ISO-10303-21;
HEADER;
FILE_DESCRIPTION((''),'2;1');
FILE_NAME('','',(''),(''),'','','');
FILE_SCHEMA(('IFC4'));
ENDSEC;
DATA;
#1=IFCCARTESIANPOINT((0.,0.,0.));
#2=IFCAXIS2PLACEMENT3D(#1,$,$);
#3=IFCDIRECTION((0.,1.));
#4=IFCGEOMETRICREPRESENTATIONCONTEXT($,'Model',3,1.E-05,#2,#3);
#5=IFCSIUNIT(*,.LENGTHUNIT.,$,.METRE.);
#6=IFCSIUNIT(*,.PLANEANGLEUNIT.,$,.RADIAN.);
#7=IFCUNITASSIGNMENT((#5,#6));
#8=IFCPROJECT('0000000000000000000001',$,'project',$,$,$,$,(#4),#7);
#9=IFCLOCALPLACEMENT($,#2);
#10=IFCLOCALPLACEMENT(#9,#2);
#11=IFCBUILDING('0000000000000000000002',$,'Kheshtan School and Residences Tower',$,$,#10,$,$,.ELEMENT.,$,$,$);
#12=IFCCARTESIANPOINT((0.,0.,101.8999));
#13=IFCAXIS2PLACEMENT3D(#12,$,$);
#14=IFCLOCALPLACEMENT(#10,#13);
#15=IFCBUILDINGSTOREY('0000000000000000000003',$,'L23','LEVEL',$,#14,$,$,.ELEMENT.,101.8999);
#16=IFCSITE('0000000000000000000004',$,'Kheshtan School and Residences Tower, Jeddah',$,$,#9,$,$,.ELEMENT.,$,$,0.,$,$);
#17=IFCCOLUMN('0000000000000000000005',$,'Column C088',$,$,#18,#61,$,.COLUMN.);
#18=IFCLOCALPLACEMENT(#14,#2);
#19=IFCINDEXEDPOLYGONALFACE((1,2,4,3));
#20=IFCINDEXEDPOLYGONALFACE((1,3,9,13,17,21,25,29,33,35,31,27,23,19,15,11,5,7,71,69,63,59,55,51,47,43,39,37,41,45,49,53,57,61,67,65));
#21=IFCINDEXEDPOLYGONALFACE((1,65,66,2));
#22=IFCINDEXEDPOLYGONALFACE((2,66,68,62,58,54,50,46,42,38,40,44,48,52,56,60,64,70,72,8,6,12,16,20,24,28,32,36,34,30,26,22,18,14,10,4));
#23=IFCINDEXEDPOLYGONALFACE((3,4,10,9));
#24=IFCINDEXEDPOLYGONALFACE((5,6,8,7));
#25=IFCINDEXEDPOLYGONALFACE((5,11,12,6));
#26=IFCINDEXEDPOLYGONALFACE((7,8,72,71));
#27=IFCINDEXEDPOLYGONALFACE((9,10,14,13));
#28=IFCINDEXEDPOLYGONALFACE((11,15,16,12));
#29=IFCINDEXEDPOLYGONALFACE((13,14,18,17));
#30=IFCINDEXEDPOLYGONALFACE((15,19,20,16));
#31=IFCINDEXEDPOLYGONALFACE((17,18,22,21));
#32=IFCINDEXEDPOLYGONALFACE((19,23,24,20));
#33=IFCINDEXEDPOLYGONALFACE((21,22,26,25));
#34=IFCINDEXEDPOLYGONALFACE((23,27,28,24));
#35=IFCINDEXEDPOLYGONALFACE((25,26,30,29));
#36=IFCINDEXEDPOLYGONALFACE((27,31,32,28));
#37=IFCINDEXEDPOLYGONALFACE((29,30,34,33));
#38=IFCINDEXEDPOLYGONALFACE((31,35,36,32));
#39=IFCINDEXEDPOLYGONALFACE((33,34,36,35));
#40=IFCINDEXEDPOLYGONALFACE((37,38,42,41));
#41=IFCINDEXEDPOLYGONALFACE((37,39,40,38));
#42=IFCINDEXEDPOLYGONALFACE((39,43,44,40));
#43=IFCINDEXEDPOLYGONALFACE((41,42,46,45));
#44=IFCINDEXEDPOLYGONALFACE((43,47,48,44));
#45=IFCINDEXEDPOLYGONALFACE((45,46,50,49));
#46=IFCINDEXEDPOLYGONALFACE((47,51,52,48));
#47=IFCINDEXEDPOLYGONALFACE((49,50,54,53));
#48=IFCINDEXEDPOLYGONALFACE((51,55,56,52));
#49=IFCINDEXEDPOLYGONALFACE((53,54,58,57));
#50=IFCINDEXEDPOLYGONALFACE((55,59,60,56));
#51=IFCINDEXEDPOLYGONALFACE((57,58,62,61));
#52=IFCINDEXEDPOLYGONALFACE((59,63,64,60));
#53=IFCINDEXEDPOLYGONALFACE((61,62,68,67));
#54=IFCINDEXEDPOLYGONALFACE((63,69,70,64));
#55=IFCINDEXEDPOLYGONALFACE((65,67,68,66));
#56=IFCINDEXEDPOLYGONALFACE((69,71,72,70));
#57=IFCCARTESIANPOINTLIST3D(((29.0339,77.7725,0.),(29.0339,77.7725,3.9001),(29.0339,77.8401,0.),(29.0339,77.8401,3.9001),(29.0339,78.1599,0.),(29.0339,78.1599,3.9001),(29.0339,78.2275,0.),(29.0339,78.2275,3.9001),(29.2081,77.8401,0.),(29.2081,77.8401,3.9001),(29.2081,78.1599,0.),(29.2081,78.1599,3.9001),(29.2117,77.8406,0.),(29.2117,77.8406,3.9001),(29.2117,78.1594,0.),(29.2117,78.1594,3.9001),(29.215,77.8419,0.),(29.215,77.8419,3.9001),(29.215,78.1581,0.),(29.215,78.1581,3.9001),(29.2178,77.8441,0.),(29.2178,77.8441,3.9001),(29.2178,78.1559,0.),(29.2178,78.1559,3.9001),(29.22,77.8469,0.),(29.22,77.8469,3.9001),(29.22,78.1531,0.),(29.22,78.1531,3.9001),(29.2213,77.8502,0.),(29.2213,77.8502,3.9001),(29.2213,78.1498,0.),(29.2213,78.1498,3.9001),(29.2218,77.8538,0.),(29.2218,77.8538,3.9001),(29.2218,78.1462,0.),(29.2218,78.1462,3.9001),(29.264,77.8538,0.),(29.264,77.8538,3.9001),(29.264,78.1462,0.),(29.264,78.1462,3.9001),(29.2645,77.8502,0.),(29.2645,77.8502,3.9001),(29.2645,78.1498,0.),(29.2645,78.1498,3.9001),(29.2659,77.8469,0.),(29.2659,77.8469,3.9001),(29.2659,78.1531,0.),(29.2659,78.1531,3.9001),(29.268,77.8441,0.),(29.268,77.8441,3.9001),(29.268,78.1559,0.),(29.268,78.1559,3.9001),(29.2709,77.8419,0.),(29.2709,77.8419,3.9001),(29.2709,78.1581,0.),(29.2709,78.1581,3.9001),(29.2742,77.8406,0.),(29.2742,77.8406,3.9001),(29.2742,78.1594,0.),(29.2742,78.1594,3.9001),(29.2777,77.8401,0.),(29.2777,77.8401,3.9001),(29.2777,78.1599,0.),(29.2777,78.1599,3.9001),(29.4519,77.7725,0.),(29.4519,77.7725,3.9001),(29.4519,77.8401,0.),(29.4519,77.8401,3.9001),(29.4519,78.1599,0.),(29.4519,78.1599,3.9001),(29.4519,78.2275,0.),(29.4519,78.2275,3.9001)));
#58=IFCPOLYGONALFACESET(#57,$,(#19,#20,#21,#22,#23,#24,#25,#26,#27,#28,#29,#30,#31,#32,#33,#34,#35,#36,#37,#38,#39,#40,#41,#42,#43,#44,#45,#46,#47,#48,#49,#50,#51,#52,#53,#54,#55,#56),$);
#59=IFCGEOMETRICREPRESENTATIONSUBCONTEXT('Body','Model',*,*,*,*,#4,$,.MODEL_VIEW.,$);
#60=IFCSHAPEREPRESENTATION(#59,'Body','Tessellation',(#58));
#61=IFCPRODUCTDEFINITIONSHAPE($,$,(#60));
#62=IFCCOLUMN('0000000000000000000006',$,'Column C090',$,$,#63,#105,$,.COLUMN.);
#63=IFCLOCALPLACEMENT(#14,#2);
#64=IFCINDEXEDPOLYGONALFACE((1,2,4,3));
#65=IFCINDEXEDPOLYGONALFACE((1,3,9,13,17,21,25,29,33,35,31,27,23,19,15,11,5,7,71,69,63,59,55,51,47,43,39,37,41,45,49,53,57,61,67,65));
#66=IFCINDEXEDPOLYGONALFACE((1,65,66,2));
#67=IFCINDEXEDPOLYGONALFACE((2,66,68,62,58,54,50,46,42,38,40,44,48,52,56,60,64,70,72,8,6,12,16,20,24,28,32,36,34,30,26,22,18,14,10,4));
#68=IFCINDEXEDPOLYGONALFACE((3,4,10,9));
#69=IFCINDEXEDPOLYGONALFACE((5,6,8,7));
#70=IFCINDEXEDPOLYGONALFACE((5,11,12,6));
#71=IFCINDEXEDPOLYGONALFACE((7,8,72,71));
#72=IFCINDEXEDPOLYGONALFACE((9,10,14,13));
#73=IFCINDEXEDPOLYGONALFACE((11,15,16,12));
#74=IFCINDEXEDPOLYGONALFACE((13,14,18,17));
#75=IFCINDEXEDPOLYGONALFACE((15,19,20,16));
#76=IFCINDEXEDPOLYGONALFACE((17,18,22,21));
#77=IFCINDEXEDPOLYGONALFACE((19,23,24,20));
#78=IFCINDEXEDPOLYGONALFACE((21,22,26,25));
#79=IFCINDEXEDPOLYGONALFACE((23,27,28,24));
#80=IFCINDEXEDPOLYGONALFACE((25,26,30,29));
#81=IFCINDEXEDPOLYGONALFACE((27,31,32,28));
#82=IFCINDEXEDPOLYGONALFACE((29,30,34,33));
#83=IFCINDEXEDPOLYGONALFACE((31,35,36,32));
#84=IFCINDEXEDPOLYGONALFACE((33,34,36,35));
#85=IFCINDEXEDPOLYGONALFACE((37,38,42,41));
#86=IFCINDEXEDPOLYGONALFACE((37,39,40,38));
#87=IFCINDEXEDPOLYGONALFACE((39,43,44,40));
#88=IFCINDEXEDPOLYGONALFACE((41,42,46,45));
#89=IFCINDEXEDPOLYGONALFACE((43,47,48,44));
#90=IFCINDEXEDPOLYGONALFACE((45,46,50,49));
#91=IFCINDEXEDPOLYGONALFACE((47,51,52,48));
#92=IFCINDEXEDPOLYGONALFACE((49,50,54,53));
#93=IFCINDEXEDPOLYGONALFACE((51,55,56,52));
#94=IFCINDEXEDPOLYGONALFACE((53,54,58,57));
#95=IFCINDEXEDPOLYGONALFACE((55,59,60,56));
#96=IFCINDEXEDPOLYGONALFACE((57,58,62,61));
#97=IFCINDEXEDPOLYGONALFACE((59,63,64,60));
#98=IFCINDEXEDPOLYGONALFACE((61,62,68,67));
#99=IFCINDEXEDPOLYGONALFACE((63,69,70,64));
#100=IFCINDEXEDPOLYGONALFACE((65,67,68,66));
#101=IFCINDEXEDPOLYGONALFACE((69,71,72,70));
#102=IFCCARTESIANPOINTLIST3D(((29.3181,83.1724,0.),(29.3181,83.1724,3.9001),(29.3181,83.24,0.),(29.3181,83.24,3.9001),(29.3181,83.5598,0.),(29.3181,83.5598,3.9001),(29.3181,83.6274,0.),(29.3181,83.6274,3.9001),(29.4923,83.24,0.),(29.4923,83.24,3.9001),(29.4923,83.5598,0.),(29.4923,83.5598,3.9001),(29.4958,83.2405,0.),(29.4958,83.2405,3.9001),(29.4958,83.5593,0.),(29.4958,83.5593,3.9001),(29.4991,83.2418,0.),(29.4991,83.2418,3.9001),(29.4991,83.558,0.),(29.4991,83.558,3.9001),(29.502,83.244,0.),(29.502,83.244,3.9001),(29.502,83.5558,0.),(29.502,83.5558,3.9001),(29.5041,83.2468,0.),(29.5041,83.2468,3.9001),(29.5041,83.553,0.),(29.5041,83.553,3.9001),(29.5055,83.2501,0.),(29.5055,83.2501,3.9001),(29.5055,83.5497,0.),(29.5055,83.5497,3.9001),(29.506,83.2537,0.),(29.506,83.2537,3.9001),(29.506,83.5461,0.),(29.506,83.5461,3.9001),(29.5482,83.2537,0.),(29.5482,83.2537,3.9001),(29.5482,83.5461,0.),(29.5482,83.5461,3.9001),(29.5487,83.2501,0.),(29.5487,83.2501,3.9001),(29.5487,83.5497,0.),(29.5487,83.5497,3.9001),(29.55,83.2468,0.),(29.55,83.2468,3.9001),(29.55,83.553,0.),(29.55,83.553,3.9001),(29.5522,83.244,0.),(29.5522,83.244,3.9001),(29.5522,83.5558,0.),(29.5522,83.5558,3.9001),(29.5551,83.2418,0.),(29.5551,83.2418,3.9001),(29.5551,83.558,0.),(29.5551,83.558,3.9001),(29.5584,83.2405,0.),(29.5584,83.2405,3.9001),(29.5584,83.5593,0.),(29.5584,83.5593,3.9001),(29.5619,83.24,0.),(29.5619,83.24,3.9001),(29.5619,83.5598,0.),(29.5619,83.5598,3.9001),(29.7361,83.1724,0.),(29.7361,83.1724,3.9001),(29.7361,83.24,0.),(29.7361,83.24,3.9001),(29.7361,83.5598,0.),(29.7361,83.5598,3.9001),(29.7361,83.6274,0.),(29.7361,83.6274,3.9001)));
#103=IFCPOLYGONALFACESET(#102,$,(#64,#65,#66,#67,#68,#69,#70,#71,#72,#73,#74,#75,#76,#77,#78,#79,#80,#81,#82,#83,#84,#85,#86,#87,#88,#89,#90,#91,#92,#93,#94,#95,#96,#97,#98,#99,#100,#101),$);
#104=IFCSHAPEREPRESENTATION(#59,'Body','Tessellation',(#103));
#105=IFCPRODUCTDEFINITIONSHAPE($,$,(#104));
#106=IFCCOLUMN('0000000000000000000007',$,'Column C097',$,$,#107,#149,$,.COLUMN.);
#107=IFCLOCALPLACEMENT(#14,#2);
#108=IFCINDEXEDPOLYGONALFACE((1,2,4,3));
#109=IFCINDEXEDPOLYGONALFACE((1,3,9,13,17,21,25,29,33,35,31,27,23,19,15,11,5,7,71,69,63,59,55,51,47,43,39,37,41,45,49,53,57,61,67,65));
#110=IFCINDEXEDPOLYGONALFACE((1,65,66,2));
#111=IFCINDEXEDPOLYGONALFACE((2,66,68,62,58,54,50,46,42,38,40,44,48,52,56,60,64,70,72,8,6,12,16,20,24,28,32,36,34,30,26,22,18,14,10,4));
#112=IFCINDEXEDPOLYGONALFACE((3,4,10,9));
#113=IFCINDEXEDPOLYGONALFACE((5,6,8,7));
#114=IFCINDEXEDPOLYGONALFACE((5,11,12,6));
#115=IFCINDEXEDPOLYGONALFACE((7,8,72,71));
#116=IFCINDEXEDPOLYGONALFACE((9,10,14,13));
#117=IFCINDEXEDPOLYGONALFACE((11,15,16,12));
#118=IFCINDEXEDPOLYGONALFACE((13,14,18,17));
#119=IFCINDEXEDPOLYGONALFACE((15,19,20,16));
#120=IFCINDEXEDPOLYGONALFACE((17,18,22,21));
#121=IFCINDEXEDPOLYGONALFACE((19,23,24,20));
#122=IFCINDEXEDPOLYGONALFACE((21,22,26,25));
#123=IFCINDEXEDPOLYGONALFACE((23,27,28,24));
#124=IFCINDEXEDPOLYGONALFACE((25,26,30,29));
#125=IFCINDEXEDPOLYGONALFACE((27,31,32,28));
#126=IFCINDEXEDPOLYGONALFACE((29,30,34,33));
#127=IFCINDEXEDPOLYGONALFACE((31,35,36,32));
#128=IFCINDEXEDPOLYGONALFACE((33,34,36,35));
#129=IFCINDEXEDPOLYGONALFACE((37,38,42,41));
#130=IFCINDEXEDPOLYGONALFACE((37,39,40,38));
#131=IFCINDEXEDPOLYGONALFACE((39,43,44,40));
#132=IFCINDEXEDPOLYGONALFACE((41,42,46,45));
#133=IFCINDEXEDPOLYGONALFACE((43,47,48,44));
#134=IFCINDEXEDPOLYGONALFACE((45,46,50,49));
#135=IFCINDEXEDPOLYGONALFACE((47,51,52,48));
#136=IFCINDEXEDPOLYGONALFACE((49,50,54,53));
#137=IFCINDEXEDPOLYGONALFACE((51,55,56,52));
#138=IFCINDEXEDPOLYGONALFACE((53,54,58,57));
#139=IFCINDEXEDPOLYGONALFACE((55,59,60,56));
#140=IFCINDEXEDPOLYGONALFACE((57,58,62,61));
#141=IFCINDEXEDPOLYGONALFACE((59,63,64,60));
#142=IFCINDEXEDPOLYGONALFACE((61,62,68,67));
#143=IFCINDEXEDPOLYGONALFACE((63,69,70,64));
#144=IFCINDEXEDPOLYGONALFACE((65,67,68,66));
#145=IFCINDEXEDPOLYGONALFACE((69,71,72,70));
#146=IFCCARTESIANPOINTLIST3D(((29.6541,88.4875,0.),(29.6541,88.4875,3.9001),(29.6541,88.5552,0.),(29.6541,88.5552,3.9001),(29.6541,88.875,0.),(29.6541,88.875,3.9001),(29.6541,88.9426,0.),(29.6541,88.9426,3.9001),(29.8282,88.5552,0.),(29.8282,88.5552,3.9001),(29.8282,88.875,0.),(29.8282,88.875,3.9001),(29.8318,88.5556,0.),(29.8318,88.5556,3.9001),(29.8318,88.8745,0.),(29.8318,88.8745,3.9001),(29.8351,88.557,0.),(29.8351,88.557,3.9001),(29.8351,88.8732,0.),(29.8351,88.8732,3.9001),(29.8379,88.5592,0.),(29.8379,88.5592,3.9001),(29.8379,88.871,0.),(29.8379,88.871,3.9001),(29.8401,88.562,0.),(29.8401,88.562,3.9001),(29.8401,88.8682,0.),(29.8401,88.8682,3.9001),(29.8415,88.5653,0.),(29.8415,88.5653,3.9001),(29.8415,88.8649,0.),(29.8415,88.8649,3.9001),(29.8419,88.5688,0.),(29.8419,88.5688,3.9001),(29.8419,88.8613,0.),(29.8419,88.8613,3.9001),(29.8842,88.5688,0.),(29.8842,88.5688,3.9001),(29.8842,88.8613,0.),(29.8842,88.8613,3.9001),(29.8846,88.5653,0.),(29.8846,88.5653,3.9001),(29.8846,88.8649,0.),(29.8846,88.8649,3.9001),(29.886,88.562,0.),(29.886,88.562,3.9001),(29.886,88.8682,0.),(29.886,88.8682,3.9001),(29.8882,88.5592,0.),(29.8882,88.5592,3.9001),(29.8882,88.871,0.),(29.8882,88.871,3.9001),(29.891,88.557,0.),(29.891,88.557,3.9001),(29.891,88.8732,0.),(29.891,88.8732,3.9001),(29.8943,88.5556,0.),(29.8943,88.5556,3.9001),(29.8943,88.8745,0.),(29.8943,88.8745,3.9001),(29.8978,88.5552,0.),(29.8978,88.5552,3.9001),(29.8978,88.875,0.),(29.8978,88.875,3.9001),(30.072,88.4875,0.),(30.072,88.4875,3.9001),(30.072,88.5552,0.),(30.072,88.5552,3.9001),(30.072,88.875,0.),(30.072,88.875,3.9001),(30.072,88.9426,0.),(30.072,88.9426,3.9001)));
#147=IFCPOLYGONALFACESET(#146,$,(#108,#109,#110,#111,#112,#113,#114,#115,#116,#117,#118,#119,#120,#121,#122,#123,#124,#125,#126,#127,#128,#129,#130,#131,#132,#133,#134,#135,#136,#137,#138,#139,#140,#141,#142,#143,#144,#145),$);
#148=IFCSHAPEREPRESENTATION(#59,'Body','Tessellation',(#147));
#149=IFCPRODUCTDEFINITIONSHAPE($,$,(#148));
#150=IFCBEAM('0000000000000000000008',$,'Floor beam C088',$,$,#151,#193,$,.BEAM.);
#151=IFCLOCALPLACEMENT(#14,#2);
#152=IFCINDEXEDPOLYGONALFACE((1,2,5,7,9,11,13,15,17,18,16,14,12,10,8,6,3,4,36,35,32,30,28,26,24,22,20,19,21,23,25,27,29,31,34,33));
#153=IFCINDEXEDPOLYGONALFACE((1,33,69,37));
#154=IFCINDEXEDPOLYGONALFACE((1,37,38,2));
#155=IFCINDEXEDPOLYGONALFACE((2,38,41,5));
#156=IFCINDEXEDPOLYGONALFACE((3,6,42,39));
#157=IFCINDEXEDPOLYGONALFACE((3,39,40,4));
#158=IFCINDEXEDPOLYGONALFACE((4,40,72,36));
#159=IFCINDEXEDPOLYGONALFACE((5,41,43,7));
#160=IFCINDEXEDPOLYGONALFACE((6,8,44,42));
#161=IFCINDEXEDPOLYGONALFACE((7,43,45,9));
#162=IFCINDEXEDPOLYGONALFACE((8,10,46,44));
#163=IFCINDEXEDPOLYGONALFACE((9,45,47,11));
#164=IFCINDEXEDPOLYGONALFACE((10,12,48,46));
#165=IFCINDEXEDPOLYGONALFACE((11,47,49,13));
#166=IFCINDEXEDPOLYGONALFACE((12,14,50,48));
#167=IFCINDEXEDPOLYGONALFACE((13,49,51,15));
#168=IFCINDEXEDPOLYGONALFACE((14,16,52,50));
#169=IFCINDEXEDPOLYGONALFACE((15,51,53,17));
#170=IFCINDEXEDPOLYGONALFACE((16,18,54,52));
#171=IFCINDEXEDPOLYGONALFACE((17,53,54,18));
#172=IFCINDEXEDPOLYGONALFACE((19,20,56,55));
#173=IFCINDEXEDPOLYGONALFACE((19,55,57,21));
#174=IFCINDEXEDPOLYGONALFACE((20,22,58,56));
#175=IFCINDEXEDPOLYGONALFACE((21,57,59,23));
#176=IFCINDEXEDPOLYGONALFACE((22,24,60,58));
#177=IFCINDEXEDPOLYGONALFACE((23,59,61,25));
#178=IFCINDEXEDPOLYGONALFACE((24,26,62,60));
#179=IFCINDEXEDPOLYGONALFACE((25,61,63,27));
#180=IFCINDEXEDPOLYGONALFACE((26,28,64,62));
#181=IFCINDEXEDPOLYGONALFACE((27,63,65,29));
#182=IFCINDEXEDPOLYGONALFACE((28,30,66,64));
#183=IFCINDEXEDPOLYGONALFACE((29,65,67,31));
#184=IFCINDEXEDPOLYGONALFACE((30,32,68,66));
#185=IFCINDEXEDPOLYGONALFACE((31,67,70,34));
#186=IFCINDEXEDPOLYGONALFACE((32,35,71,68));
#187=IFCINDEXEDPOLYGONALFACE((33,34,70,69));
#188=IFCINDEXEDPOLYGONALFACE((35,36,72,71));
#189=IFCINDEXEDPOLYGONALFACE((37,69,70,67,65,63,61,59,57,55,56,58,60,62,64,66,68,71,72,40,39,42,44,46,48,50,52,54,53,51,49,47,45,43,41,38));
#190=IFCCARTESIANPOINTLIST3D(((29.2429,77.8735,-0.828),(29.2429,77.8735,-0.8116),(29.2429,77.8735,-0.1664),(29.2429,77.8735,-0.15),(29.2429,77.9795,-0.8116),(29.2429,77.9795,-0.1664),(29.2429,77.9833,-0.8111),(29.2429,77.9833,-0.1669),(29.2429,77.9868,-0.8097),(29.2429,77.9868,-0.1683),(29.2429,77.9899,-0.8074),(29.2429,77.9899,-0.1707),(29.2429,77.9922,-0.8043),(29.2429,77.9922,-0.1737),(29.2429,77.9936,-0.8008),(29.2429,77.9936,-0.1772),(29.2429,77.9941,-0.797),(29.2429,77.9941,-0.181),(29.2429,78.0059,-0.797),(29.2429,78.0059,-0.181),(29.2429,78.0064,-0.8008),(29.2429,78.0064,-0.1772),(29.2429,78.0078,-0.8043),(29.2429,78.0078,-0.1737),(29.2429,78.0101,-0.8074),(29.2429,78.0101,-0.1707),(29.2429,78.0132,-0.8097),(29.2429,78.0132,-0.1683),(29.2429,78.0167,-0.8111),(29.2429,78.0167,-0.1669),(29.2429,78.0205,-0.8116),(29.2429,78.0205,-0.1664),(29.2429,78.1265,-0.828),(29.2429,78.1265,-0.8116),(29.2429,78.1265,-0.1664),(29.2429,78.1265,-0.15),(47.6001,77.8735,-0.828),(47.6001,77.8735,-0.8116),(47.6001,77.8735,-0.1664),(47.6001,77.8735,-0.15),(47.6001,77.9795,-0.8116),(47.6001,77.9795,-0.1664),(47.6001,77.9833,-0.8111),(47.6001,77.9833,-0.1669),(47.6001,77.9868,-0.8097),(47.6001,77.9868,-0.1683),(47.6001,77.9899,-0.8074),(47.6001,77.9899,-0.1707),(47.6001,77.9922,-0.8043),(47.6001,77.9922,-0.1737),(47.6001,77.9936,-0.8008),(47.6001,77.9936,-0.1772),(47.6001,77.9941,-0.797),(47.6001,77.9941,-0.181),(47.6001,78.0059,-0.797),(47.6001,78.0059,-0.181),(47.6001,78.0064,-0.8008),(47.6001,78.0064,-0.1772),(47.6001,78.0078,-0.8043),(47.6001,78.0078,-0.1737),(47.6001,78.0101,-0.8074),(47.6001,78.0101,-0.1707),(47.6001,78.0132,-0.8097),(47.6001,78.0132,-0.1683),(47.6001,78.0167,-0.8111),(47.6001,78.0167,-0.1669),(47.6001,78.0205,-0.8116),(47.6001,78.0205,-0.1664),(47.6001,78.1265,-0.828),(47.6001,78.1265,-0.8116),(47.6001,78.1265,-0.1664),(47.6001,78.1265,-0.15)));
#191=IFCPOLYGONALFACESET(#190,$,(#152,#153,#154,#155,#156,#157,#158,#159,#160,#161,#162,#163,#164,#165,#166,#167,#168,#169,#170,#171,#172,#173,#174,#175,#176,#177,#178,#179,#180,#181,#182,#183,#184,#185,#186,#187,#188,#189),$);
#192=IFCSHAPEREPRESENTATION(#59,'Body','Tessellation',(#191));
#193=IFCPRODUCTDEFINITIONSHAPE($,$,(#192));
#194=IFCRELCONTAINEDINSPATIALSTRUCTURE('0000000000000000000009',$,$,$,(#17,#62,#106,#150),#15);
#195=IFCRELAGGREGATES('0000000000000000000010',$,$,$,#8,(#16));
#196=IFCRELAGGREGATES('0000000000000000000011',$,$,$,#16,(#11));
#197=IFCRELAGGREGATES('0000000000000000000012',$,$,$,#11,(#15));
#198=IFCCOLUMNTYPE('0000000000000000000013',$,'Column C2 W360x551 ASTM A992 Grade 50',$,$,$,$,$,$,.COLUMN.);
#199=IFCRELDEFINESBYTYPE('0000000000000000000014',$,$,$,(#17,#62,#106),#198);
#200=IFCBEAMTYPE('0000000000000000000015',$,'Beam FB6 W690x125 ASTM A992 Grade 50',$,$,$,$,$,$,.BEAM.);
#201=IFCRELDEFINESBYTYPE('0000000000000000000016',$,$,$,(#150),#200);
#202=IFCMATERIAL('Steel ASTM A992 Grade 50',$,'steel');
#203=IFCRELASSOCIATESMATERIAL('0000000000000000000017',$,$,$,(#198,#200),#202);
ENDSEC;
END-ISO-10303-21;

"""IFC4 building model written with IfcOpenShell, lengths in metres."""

from ifc_helpers import new_model, si_unit, direction, frame, origin, origin_2d, place, context, subcontext, project, spatial, i_section, extrude, material, material_profile, profile_set, type_object, element, save


model = new_model("IFC4")

# Units and contexts
model_context = context("Model", 3, precision=1e-05, world=origin(), true_north=direction((0.0, 1.0)))
body_context = subcontext(model_context, "Body", "Model", "MODEL_VIEW")
ifc_project = project(units=[si_unit("LENGTHUNIT", "METRE"), si_unit("PLANEANGLEUNIT", "RADIAN")], contexts=[model_context])

# Site, building, storey
site_placement = place(None, origin())
site = spatial("IfcSite", under=ifc_project, at=site_placement, Name="Kheshtan School and Residences Tower, Jeddah", CompositionType="ELEMENT", RefElevation=0.0)
building_placement = place(site_placement, origin())
building = spatial("IfcBuilding", under=site, at=building_placement, Name="Kheshtan School and Residences Tower", CompositionType="ELEMENT")
storey_placement = place(building_placement, frame((0.0, 0.0, 101.8999)))
storey = spatial("IfcBuildingStorey", under=building, at=storey_placement, Name="L23", Description="LEVEL", CompositionType="ELEMENT", Elevation=101.8999)

# Columns
ifc_material_1 = material(Name="Steel ASTM A992 Grade 50", Category="steel")
ifc_material_profile_1 = material_profile(ifc_material_1, i_section(OverallWidth=0.418, OverallDepth=0.4551, WebThickness=0.0422, FlangeThickness=0.0676, FilletRadius=0.0137, at=origin_2d()), Name="W360x551")
ifc_profile_set_1 = profile_set([ifc_material_profile_1], Name="Steel ASTM A992 Grade 50")
column_type = type_object("IfcColumnType", Name="Column C2 W360x551 ASTM A992 Grade 50", PredefinedType="COLUMN", material=ifc_profile_set_1)
for number, where, z_axis, x_axis, name in (
    (1, (29.2429, 78.0, 0.0), (0.0, 0.0, 1.0), (1.0, 0.0, 0.0), "Column C088"),
    (2, (29.5271, 83.3999, 0.0), (0.0, 0.0, 1.0), (1.0, 0.0, 0.0), "Column C090"),
    (3, (29.863, 88.7151, 0.0), (0.0, 0.0, 1.0), (1.0, 0.0, 0.0), "Column C097"),
):
    element("IfcColumn", number, at=place(storey_placement, frame(where, z_axis=z_axis, x_axis=x_axis)), inside=storey, type_object=column_type, Name=name, PredefinedType="COLUMN", context=body_context, shape_type="SweptSolid", body=[
        extrude(i_section(OverallWidth=0.418, OverallDepth=0.4551, WebThickness=0.0422, FlangeThickness=0.0676, FilletRadius=0.0137, at=origin_2d()), origin(), (0.0, 0.0, 1.0), 3.9001),
    ])

# Beam
ifc_material_profile_2 = material_profile(ifc_material_1, i_section(OverallWidth=0.2529, OverallDepth=0.678, WebThickness=0.0117, FlangeThickness=0.0164, FilletRadius=0.0146, at=origin_2d()), Name="W690x125")
ifc_profile_set_2 = profile_set([ifc_material_profile_2], Name="Steel ASTM A992 Grade 50")
beam_type_1 = type_object("IfcBeamType", Name="Beam FB6 W690x125 ASTM A992 Grade 50", PredefinedType="BEAM", material=ifc_profile_set_2)
beam_1_placement = place(storey_placement, frame((29.2429, 78.0, -0.489), z_axis=(1.0, 0.0, 0.0), x_axis=(0.0, 1.0, 0.0)))
element("IfcBeam", 4, at=beam_1_placement, inside=storey, type_object=beam_type_1, Name="Floor beam C088", PredefinedType="BEAM", context=body_context, shape_type="SweptSolid", body=[
    extrude(i_section(OverallWidth=0.2529, OverallDepth=0.678, WebThickness=0.0117, FlangeThickness=0.0164, FilletRadius=0.0146, at=origin_2d()), origin(), (0.0, 0.0, 1.0), 18.3572),
])

save(model, "model.ifc")
